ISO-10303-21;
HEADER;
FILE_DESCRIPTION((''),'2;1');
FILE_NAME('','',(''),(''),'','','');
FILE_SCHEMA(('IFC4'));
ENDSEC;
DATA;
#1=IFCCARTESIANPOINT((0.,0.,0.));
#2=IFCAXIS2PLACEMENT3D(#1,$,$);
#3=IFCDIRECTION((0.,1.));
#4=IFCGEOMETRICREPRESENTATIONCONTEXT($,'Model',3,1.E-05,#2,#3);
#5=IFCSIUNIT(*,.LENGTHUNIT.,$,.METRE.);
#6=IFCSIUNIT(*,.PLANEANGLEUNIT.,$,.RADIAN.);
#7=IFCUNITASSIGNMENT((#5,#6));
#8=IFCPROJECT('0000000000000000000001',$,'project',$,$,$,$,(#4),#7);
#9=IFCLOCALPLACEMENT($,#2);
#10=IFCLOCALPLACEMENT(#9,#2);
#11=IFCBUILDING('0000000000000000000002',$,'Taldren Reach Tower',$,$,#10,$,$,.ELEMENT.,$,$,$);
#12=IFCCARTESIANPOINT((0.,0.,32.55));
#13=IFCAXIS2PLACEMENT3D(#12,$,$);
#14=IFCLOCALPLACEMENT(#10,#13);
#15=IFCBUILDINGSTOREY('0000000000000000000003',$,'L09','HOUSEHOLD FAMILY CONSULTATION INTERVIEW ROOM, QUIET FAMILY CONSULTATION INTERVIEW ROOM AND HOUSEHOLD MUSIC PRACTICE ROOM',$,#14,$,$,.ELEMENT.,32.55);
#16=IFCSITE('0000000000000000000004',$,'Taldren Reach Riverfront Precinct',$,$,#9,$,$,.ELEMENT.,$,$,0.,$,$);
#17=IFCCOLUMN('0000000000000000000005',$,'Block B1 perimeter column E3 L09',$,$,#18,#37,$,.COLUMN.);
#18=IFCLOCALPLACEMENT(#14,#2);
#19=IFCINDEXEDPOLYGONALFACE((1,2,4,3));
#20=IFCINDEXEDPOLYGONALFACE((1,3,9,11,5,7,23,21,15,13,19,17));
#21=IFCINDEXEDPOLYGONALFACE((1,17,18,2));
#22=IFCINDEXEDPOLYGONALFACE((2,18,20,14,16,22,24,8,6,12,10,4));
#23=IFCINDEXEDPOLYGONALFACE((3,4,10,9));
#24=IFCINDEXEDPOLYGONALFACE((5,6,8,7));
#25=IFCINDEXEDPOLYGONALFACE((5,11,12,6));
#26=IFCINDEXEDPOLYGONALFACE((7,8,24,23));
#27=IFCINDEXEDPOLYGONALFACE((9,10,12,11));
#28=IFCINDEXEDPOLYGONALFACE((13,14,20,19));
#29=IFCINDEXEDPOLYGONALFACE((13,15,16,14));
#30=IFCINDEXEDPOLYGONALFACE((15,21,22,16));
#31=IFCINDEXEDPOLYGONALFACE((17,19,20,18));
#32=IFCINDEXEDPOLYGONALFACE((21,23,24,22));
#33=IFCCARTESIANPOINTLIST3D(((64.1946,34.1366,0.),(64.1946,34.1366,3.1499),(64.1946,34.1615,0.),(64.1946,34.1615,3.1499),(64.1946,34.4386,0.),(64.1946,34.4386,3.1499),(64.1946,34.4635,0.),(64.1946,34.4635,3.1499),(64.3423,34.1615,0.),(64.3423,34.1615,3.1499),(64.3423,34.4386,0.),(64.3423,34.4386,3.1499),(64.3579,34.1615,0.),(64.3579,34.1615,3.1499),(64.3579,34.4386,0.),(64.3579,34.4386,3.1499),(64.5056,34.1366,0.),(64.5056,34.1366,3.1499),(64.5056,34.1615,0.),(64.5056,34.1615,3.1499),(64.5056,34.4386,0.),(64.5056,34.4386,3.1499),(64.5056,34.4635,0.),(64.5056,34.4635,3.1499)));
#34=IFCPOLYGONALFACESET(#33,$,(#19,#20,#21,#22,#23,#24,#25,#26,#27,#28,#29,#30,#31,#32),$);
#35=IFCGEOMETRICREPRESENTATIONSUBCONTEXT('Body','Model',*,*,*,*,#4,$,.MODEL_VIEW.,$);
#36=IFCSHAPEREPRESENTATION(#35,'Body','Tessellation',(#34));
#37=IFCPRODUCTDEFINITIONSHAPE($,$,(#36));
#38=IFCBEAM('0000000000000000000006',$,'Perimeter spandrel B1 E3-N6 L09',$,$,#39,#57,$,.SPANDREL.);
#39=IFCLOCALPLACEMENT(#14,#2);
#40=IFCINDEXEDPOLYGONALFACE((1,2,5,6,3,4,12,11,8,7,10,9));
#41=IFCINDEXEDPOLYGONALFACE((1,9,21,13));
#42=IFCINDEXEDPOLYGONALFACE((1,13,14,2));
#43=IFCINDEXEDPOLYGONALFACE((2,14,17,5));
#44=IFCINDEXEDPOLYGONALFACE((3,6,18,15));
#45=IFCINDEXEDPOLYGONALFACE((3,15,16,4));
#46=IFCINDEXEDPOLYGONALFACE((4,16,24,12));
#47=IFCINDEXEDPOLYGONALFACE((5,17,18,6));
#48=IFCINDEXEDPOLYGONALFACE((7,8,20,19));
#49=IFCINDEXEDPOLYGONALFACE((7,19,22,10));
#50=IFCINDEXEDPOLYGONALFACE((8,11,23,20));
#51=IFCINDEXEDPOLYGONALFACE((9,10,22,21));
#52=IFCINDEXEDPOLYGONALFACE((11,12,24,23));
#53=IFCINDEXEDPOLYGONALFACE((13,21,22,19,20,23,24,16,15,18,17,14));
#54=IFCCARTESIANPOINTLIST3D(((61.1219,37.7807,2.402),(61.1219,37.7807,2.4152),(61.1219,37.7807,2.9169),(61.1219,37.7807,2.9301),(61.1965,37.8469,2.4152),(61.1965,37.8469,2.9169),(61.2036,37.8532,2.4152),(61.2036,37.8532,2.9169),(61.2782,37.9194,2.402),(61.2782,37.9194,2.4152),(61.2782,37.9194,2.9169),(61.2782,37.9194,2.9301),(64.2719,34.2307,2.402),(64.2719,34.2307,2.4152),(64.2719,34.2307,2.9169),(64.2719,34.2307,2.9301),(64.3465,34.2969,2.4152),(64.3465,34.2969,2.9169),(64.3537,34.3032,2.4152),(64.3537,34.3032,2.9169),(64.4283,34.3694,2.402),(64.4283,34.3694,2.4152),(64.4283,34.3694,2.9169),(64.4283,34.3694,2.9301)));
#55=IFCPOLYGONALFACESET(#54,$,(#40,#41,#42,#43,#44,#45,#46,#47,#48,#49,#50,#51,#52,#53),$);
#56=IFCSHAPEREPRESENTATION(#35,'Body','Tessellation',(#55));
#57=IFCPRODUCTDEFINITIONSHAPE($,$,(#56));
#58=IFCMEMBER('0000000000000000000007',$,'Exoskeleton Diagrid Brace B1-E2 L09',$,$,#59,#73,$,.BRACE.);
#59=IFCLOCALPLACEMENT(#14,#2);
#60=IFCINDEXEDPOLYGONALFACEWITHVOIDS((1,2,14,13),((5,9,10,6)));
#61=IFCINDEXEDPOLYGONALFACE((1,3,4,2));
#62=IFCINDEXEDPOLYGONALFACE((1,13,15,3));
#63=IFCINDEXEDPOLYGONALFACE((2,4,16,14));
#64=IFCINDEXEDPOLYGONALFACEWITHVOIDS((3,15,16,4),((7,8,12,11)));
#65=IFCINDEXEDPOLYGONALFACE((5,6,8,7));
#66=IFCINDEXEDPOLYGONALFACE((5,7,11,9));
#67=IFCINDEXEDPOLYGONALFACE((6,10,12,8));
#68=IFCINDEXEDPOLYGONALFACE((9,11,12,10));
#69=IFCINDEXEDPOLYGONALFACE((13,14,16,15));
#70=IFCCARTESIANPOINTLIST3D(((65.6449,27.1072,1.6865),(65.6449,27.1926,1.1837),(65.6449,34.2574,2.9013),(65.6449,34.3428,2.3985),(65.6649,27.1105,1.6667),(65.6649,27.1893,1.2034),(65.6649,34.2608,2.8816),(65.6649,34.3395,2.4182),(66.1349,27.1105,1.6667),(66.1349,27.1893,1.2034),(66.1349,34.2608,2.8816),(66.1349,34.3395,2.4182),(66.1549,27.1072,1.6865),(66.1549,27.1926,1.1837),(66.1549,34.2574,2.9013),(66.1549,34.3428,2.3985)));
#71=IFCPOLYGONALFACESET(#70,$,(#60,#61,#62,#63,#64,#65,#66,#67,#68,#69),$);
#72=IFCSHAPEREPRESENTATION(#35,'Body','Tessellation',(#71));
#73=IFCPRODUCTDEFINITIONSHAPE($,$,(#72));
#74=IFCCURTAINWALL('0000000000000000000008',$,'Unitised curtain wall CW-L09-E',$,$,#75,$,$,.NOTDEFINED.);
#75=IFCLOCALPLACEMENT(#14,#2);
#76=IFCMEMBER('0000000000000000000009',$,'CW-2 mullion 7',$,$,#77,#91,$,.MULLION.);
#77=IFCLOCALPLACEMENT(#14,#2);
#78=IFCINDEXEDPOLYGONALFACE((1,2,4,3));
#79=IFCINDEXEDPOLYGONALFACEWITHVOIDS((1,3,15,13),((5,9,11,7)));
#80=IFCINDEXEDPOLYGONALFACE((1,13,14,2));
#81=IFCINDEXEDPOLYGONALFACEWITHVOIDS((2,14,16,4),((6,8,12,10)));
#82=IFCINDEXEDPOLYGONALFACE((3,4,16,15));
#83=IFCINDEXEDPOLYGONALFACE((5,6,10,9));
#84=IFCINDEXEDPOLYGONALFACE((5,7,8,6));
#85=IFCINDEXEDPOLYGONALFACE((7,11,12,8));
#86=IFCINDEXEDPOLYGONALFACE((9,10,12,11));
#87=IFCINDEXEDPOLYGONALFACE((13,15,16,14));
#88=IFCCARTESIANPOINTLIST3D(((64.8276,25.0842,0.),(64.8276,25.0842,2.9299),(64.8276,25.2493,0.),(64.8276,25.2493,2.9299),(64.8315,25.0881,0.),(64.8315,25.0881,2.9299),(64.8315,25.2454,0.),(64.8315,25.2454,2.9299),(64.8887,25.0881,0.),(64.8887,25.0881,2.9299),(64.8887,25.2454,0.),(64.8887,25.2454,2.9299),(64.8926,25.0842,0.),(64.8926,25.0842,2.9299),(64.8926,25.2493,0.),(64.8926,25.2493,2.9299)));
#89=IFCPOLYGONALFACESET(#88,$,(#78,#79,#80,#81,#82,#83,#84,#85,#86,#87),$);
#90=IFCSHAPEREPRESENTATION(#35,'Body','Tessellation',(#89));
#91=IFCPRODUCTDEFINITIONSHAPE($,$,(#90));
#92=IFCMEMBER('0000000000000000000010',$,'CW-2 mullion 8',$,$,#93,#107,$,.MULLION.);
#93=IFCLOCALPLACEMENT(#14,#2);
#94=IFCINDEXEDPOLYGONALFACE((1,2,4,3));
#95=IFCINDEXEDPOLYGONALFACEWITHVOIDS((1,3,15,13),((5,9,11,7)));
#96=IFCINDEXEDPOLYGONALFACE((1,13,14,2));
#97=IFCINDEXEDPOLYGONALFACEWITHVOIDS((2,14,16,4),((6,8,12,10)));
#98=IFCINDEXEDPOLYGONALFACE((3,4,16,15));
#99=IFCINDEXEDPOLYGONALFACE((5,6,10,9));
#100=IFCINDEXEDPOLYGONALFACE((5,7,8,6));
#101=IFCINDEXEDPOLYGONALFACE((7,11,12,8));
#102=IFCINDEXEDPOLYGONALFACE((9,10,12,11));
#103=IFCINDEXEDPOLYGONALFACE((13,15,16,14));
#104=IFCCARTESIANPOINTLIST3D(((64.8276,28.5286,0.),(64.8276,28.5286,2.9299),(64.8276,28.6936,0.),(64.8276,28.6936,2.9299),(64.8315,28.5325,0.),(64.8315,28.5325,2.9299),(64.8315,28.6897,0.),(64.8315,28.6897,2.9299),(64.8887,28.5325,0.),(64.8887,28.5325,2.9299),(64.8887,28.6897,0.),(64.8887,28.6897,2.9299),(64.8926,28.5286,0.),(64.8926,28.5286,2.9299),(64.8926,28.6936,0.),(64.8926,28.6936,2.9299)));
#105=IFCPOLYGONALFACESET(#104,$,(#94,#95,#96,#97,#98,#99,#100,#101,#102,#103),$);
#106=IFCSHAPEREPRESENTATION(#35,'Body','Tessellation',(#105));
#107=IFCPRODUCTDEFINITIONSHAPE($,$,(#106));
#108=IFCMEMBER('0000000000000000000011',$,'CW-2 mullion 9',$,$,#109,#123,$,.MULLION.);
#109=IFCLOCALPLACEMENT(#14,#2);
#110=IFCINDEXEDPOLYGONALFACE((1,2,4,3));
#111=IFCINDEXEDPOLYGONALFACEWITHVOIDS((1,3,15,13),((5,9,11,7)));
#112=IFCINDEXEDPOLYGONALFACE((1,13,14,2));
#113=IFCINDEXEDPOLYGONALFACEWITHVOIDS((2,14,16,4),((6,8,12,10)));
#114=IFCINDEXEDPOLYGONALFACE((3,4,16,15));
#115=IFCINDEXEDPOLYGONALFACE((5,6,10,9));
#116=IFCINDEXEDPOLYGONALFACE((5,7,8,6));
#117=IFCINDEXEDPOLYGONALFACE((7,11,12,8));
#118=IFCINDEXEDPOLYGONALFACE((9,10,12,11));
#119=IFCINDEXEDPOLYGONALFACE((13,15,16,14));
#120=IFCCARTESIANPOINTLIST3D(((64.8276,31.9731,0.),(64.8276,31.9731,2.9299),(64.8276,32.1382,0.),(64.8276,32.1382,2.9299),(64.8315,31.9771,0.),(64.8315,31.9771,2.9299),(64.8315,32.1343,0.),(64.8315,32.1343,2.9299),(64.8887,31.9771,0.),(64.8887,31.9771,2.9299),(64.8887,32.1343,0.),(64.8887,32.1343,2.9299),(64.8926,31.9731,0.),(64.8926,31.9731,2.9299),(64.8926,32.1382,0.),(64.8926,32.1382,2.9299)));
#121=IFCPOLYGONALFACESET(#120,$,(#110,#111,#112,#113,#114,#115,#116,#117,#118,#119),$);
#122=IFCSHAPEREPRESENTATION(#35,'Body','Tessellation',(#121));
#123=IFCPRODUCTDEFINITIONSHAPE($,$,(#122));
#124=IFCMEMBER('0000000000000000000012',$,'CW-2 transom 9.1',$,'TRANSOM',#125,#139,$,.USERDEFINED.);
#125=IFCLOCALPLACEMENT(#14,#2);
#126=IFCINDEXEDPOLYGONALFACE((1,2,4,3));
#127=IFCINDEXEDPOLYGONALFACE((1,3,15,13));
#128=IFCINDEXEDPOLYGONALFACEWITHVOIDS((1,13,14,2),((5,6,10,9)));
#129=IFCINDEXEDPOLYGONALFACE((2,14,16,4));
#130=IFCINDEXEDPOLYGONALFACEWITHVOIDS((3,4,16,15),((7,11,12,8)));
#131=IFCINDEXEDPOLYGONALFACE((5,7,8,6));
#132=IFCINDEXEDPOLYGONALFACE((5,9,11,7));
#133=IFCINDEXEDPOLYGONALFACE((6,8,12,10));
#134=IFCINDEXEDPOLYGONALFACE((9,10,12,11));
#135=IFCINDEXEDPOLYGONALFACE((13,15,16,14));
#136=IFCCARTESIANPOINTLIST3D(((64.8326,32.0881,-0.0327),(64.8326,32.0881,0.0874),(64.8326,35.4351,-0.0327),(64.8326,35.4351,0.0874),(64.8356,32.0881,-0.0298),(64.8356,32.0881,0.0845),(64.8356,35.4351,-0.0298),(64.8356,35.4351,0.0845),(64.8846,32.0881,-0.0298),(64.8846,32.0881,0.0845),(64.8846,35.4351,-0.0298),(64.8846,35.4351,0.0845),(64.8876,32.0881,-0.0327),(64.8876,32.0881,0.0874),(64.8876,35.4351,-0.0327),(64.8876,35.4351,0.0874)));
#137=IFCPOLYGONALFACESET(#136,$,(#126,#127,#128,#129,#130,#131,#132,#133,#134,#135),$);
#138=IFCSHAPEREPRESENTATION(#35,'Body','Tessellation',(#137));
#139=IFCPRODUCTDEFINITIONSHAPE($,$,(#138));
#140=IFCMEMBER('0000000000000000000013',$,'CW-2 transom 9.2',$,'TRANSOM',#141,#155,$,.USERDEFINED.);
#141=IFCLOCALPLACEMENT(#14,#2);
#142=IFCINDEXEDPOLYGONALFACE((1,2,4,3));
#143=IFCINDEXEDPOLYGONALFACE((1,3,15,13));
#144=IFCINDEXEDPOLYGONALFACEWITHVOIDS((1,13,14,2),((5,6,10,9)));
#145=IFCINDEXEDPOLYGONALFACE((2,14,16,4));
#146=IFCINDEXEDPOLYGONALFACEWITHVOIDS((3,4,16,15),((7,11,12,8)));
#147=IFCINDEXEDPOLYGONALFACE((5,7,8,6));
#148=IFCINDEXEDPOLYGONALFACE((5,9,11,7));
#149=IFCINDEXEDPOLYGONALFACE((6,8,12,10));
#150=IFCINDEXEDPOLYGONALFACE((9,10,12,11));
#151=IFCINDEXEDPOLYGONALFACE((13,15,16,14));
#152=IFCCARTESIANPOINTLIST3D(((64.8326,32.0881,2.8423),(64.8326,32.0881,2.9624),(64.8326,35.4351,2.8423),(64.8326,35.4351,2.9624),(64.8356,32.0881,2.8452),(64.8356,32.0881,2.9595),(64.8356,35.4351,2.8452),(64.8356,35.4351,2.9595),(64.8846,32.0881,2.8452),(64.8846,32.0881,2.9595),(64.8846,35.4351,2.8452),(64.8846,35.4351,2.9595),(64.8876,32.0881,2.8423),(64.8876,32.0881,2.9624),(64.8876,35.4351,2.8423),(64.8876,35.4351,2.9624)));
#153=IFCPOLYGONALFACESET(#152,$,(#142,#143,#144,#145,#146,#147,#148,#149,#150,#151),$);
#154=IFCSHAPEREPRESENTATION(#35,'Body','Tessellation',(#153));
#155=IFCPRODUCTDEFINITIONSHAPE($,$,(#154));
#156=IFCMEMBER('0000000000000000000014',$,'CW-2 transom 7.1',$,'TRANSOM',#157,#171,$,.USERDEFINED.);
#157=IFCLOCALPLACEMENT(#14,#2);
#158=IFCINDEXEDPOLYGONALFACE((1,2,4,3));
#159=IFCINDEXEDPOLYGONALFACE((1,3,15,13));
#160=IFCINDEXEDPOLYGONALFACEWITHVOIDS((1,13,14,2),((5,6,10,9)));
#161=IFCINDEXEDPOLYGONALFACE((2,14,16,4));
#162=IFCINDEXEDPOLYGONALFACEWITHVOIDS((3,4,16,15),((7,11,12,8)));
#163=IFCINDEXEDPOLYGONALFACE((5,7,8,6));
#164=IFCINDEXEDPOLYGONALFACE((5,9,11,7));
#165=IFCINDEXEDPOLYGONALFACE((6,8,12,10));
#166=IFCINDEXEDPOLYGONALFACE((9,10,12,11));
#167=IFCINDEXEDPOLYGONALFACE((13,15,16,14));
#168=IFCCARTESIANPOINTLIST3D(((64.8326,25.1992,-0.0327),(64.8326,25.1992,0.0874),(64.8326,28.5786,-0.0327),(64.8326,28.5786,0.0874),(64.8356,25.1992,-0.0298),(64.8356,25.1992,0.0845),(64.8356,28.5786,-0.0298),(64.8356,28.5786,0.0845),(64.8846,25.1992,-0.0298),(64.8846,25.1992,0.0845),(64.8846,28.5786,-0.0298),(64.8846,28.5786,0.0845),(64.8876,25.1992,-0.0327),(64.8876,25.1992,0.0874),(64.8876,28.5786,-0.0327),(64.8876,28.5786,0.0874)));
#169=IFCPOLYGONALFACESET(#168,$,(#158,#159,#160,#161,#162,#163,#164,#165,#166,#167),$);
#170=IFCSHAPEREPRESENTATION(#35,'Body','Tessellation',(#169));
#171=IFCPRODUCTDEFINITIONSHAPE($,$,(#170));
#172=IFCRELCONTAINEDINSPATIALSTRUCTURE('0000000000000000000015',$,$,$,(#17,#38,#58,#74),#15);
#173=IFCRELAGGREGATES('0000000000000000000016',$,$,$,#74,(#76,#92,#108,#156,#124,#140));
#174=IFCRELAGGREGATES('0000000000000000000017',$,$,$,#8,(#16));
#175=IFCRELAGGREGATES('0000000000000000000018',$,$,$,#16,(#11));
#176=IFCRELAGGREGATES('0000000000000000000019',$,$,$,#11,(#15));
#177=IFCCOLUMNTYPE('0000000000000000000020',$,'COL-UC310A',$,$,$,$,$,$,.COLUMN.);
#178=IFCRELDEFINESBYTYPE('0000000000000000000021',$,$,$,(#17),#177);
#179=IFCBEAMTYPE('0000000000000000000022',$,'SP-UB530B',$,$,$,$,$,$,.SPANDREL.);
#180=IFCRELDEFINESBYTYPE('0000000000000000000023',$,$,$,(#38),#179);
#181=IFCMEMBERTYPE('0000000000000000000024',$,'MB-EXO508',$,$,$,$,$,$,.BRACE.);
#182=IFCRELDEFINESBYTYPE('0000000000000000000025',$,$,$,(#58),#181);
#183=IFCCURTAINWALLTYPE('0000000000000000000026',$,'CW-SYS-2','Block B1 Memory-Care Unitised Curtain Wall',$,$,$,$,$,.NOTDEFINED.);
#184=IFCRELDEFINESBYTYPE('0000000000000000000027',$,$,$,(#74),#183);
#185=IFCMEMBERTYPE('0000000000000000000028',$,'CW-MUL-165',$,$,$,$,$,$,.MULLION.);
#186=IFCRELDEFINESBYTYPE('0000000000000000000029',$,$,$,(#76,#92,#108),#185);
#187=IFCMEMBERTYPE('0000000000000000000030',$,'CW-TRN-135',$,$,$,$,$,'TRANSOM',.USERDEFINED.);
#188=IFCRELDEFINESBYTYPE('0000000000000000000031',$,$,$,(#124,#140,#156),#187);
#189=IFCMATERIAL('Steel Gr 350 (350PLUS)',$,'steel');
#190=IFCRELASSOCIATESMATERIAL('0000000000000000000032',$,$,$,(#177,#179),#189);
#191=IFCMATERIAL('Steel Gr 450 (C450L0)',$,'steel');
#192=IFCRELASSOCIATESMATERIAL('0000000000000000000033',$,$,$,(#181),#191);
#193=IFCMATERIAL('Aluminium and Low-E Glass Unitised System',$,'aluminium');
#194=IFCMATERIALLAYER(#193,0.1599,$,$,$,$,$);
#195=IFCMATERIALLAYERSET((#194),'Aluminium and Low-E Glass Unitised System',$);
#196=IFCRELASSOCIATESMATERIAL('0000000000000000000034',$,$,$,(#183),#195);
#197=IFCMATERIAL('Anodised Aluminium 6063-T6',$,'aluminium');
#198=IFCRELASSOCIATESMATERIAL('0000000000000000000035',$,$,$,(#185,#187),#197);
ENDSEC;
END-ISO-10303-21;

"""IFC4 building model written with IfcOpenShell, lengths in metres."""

from ifc_helpers import new_model, si_unit, direction, frame, origin, origin_2d, place, context, subcontext, project, spatial, hollow_rectangle, i_section, extrude, source, transform, mapped, material, layer, layer_set, material_profile, profile_set, type_object, element, aggregate, save


model = new_model("IFC4")

# Units and contexts
model_context = context("Model", 3, precision=1e-05, world=origin(), true_north=direction((0.0, 1.0)))
body_context = subcontext(model_context, "Body", "Model", "MODEL_VIEW")
ifc_project = project(units=[si_unit("LENGTHUNIT", "METRE"), si_unit("PLANEANGLEUNIT", "RADIAN")], contexts=[model_context])

# Site, building, storey
site_placement = place(None, origin())
site = spatial("IfcSite", under=ifc_project, at=site_placement, Name="Taldren Reach Riverfront Precinct", CompositionType="ELEMENT", RefElevation=0.0)
building_placement = place(site_placement, origin())
building = spatial("IfcBuilding", under=site, at=building_placement, Name="Taldren Reach Tower", CompositionType="ELEMENT")
storey_placement = place(building_placement, frame((0.0, 0.0, 32.55)))
storey = spatial("IfcBuildingStorey", under=building, at=storey_placement, Name="L09", Description="HOUSEHOLD FAMILY CONSULTATION INTERVIEW ROOM, QUIET FAMILY CONSULTATION INTERVIEW ROOM AND HOUSEHOLD MUSIC PRACTICE ROOM", CompositionType="ELEMENT", Elevation=32.55)

# Column
ifc_material_1 = material(Name="Steel Gr 350 (350PLUS)", Category="steel")
ifc_material_profile_1 = material_profile(ifc_material_1, i_section(OverallWidth=0.311, OverallDepth=0.3269, WebThickness=0.0156, FlangeThickness=0.0249, at=origin_2d()), Name="310UC158")
ifc_profile_set_1 = profile_set([ifc_material_profile_1], Name="Steel Gr 350 (350PLUS)")
column_type = type_object("IfcColumnType", Name="COL-UC310A", PredefinedType="COLUMN", material=ifc_profile_set_1)
shared_shape_1 = source(origin(), body_context, "Body", "SweptSolid", [
    extrude(i_section(OverallWidth=0.311, OverallDepth=0.3269, WebThickness=0.0156, FlangeThickness=0.0249, at=origin_2d()), origin(), (0.0, 0.0, 1.0), 3.1499),
])
column_placement = place(storey_placement, frame((64.3501, 34.3, 0.0), z_axis=(0.0, 0.0, 1.0), x_axis=(1.0, 0.0, 0.0)))
element("IfcColumn", 1, at=column_placement, inside=storey, type_object=column_type, Name="Block B1 perimeter column E3 L09", PredefinedType="COLUMN", context=body_context, shape_type="MappedRepresentation", body=[
    mapped(shared_shape_1, transform((0.0, 0.0, 0.0), scale=1.0)),
])

# Beam
ifc_material_profile_2 = material_profile(ifc_material_1, i_section(OverallWidth=0.209, OverallDepth=0.5281, WebThickness=0.0095, FlangeThickness=0.0132, at=origin_2d()), Name="530UB82.0")
ifc_profile_set_2 = profile_set([ifc_material_profile_2], Name="Steel Gr 350 (350PLUS)")
beam_type = type_object("IfcBeamType", Name="SP-UB530B", PredefinedType="SPANDREL", material=ifc_profile_set_2)
shared_shape_2 = source(origin(), body_context, "Body", "SweptSolid", [
    extrude(i_section(OverallWidth=0.209, OverallDepth=0.5281, WebThickness=0.0095, FlangeThickness=0.0132, at=origin_2d()), origin(), (0.0, 0.0, 1.0), 4.7461),
])
beam_placement = place(storey_placement, frame((64.3501, 34.3, 2.666), z_axis=(-0.663722, 0.747979, 0.0), x_axis=(-0.747979, -0.663722, 0.0)))
element("IfcBeam", 2, at=beam_placement, inside=storey, type_object=beam_type, Name="Perimeter spandrel B1 E3-N6 L09", PredefinedType="SPANDREL", context=body_context, shape_type="MappedRepresentation", body=[
    mapped(shared_shape_2, transform((0.0, 0.0, 0.0), scale=1.0)),
])

# Member
ifc_material_2 = material(Name="Steel Gr 450 (C450L0)", Category="steel")
ifc_material_profile_3 = material_profile(ifc_material_2, hollow_rectangle(XDim=0.51, YDim=0.51, WallThickness=0.02, at=origin_2d()), Name="510x510x20.0SHS")
ifc_profile_set_3 = profile_set([ifc_material_profile_3], Name="Steel Gr 450 (C450L0)")
member_type_1 = type_object("IfcMemberType", Name="MB-EXO508", PredefinedType="BRACE", material=ifc_profile_set_3)
shared_shape_3 = source(origin(), body_context, "Body", "SweptSolid", [
    extrude(hollow_rectangle(XDim=0.51, YDim=0.51, WallThickness=0.02, at=origin_2d()), origin(), (0.0, 0.0, 1.0), 7.2527),
])
member_1_placement = place(storey_placement, frame((65.8999, 27.1499, 1.4351), z_axis=(0.0, 0.985871, 0.167504), x_axis=(-1.0, 0.0, 0.0)))
element("IfcMember", 3, at=member_1_placement, inside=storey, type_object=member_type_1, Name="Exoskeleton Diagrid Brace B1-E2 L09", PredefinedType="BRACE", context=body_context, shape_type="MappedRepresentation", body=[
    mapped(shared_shape_3, transform((0.0, 0.0, 0.0), scale=1.0)),
])

# Curtain wall, members
ifc_material_3 = material(Name="Aluminium and Low-E Glass Unitised System", Category="aluminium")
ifc_layer_1 = layer(ifc_material_3, 0.1599)
ifc_layer_set_1 = layer_set([ifc_layer_1], Name="Aluminium and Low-E Glass Unitised System")
curtain_wall_type = type_object("IfcCurtainWallType", Name="CW-SYS-2", Description="Block B1 Memory-Care Unitised Curtain Wall", PredefinedType="NOTDEFINED", material=ifc_layer_set_1)
curtain_wall_placement = place(storey_placement, origin())
curtain_wall = element("IfcCurtainWall", 4, at=curtain_wall_placement, inside=storey, type_object=curtain_wall_type, Name="Unitised curtain wall CW-L09-E", PredefinedType="NOTDEFINED")
ifc_material_4 = material(Name="Anodised Aluminium 6063-T6", Category="aluminium")
ifc_material_profile_4 = material_profile(ifc_material_4, hollow_rectangle(XDim=0.0649, YDim=0.165, WallThickness=0.0039, at=origin_2d()), Name="ALU-165x65x4RHS")
ifc_profile_set_4 = profile_set([ifc_material_profile_4], Name="Anodised Aluminium 6063-T6")
member_type_2 = type_object("IfcMemberType", Name="CW-MUL-165", PredefinedType="MULLION", material=ifc_profile_set_4)
shared_shape_4 = source(origin(), body_context, "Body", "SweptSolid", [
    extrude(hollow_rectangle(XDim=0.0649, YDim=0.165, WallThickness=0.0039, at=origin_2d()), origin(), (0.0, 0.0, 1.0), 2.9299),
])
member_2_placement = place(storey_placement, frame((64.8601, 25.1667, 0.0), z_axis=(0.0, 0.0, 1.0), x_axis=(-1.0, 0.0, 0.0)))
member_2 = element("IfcMember", 5, at=member_2_placement, type_object=member_type_2, Name="CW-2 mullion 7", PredefinedType="MULLION", context=body_context, shape_type="MappedRepresentation", body=[
    mapped(shared_shape_4, transform((0.0, 0.0, 0.0), scale=1.0)),
])
member_3_placement = place(storey_placement, frame((64.8601, 28.6111, 0.0), z_axis=(0.0, 0.0, 1.0), x_axis=(-1.0, 0.0, 0.0)))
member_3 = element("IfcMember", 6, at=member_3_placement, type_object=member_type_2, Name="CW-2 mullion 8", PredefinedType="MULLION", context=body_context, shape_type="MappedRepresentation", body=[
    mapped(shared_shape_4, transform((0.0, 0.0, 0.0), scale=1.0)),
])
member_4_placement = place(storey_placement, frame((64.8601, 32.0557, 0.0), z_axis=(0.0, 0.0, 1.0), x_axis=(-1.0, 0.0, 0.0)))
member_4 = element("IfcMember", 7, at=member_4_placement, type_object=member_type_2, Name="CW-2 mullion 9", PredefinedType="MULLION", context=body_context, shape_type="MappedRepresentation", body=[
    mapped(shared_shape_4, transform((0.0, 0.0, 0.0), scale=1.0)),
])
ifc_material_profile_5 = material_profile(ifc_material_4, hollow_rectangle(XDim=0.0549, YDim=0.1201, WallThickness=0.0029, at=origin_2d()), Name="ALU-120x55x3RHS")
ifc_profile_set_5 = profile_set([ifc_material_profile_5], Name="Anodised Aluminium 6063-T6")
member_type_3 = type_object("IfcMemberType", Name="CW-TRN-135", ElementType="TRANSOM", PredefinedType="USERDEFINED", material=ifc_profile_set_5)
shared_shape_5 = source(origin(), body_context, "Body", "SweptSolid", [
    extrude(hollow_rectangle(XDim=0.0549, YDim=0.1201, WallThickness=0.0029, at=origin_2d()), origin(), (0.0, 0.0, 1.0), 3.3469),
])
member_5_placement = place(storey_placement, frame((64.8601, 32.0881, 0.0273), z_axis=(0.0, 1.0, 0.0), x_axis=(-1.0, 0.0, 0.0)))
member_5 = element("IfcMember", 8, at=member_5_placement, type_object=member_type_3, Name="CW-2 transom 9.1", ObjectType="TRANSOM", PredefinedType="USERDEFINED", context=body_context, shape_type="MappedRepresentation", body=[
    mapped(shared_shape_5, transform((0.0, 0.0, 0.0), scale=1.0)),
])
member_6_placement = place(storey_placement, frame((64.8601, 32.0881, 2.9023), z_axis=(0.0, 1.0, 0.0), x_axis=(-1.0, 0.0, 0.0)))
member_6 = element("IfcMember", 9, at=member_6_placement, type_object=member_type_3, Name="CW-2 transom 9.2", ObjectType="TRANSOM", PredefinedType="USERDEFINED", context=body_context, shape_type="MappedRepresentation", body=[
    mapped(shared_shape_5, transform((0.0, 0.0, 0.0), scale=1.0)),
])
shared_shape_6 = source(origin(), body_context, "Body", "SweptSolid", [
    extrude(hollow_rectangle(XDim=0.0549, YDim=0.1201, WallThickness=0.0029, at=origin_2d()), origin(), (0.0, 0.0, 1.0), 3.3794),
])
member_7_placement = place(storey_placement, frame((64.8601, 25.1992, 0.0273), z_axis=(0.0, 1.0, 0.0), x_axis=(-1.0, 0.0, 0.0)))
member_7 = element("IfcMember", 10, at=member_7_placement, type_object=member_type_3, Name="CW-2 transom 7.1", ObjectType="TRANSOM", PredefinedType="USERDEFINED", context=body_context, shape_type="MappedRepresentation", body=[
    mapped(shared_shape_6, transform((0.0, 0.0, 0.0), scale=1.0)),
])
aggregate(curtain_wall, [member_2, member_3, member_4, member_7, member_5, member_6])

save(model, "model.ifc")
